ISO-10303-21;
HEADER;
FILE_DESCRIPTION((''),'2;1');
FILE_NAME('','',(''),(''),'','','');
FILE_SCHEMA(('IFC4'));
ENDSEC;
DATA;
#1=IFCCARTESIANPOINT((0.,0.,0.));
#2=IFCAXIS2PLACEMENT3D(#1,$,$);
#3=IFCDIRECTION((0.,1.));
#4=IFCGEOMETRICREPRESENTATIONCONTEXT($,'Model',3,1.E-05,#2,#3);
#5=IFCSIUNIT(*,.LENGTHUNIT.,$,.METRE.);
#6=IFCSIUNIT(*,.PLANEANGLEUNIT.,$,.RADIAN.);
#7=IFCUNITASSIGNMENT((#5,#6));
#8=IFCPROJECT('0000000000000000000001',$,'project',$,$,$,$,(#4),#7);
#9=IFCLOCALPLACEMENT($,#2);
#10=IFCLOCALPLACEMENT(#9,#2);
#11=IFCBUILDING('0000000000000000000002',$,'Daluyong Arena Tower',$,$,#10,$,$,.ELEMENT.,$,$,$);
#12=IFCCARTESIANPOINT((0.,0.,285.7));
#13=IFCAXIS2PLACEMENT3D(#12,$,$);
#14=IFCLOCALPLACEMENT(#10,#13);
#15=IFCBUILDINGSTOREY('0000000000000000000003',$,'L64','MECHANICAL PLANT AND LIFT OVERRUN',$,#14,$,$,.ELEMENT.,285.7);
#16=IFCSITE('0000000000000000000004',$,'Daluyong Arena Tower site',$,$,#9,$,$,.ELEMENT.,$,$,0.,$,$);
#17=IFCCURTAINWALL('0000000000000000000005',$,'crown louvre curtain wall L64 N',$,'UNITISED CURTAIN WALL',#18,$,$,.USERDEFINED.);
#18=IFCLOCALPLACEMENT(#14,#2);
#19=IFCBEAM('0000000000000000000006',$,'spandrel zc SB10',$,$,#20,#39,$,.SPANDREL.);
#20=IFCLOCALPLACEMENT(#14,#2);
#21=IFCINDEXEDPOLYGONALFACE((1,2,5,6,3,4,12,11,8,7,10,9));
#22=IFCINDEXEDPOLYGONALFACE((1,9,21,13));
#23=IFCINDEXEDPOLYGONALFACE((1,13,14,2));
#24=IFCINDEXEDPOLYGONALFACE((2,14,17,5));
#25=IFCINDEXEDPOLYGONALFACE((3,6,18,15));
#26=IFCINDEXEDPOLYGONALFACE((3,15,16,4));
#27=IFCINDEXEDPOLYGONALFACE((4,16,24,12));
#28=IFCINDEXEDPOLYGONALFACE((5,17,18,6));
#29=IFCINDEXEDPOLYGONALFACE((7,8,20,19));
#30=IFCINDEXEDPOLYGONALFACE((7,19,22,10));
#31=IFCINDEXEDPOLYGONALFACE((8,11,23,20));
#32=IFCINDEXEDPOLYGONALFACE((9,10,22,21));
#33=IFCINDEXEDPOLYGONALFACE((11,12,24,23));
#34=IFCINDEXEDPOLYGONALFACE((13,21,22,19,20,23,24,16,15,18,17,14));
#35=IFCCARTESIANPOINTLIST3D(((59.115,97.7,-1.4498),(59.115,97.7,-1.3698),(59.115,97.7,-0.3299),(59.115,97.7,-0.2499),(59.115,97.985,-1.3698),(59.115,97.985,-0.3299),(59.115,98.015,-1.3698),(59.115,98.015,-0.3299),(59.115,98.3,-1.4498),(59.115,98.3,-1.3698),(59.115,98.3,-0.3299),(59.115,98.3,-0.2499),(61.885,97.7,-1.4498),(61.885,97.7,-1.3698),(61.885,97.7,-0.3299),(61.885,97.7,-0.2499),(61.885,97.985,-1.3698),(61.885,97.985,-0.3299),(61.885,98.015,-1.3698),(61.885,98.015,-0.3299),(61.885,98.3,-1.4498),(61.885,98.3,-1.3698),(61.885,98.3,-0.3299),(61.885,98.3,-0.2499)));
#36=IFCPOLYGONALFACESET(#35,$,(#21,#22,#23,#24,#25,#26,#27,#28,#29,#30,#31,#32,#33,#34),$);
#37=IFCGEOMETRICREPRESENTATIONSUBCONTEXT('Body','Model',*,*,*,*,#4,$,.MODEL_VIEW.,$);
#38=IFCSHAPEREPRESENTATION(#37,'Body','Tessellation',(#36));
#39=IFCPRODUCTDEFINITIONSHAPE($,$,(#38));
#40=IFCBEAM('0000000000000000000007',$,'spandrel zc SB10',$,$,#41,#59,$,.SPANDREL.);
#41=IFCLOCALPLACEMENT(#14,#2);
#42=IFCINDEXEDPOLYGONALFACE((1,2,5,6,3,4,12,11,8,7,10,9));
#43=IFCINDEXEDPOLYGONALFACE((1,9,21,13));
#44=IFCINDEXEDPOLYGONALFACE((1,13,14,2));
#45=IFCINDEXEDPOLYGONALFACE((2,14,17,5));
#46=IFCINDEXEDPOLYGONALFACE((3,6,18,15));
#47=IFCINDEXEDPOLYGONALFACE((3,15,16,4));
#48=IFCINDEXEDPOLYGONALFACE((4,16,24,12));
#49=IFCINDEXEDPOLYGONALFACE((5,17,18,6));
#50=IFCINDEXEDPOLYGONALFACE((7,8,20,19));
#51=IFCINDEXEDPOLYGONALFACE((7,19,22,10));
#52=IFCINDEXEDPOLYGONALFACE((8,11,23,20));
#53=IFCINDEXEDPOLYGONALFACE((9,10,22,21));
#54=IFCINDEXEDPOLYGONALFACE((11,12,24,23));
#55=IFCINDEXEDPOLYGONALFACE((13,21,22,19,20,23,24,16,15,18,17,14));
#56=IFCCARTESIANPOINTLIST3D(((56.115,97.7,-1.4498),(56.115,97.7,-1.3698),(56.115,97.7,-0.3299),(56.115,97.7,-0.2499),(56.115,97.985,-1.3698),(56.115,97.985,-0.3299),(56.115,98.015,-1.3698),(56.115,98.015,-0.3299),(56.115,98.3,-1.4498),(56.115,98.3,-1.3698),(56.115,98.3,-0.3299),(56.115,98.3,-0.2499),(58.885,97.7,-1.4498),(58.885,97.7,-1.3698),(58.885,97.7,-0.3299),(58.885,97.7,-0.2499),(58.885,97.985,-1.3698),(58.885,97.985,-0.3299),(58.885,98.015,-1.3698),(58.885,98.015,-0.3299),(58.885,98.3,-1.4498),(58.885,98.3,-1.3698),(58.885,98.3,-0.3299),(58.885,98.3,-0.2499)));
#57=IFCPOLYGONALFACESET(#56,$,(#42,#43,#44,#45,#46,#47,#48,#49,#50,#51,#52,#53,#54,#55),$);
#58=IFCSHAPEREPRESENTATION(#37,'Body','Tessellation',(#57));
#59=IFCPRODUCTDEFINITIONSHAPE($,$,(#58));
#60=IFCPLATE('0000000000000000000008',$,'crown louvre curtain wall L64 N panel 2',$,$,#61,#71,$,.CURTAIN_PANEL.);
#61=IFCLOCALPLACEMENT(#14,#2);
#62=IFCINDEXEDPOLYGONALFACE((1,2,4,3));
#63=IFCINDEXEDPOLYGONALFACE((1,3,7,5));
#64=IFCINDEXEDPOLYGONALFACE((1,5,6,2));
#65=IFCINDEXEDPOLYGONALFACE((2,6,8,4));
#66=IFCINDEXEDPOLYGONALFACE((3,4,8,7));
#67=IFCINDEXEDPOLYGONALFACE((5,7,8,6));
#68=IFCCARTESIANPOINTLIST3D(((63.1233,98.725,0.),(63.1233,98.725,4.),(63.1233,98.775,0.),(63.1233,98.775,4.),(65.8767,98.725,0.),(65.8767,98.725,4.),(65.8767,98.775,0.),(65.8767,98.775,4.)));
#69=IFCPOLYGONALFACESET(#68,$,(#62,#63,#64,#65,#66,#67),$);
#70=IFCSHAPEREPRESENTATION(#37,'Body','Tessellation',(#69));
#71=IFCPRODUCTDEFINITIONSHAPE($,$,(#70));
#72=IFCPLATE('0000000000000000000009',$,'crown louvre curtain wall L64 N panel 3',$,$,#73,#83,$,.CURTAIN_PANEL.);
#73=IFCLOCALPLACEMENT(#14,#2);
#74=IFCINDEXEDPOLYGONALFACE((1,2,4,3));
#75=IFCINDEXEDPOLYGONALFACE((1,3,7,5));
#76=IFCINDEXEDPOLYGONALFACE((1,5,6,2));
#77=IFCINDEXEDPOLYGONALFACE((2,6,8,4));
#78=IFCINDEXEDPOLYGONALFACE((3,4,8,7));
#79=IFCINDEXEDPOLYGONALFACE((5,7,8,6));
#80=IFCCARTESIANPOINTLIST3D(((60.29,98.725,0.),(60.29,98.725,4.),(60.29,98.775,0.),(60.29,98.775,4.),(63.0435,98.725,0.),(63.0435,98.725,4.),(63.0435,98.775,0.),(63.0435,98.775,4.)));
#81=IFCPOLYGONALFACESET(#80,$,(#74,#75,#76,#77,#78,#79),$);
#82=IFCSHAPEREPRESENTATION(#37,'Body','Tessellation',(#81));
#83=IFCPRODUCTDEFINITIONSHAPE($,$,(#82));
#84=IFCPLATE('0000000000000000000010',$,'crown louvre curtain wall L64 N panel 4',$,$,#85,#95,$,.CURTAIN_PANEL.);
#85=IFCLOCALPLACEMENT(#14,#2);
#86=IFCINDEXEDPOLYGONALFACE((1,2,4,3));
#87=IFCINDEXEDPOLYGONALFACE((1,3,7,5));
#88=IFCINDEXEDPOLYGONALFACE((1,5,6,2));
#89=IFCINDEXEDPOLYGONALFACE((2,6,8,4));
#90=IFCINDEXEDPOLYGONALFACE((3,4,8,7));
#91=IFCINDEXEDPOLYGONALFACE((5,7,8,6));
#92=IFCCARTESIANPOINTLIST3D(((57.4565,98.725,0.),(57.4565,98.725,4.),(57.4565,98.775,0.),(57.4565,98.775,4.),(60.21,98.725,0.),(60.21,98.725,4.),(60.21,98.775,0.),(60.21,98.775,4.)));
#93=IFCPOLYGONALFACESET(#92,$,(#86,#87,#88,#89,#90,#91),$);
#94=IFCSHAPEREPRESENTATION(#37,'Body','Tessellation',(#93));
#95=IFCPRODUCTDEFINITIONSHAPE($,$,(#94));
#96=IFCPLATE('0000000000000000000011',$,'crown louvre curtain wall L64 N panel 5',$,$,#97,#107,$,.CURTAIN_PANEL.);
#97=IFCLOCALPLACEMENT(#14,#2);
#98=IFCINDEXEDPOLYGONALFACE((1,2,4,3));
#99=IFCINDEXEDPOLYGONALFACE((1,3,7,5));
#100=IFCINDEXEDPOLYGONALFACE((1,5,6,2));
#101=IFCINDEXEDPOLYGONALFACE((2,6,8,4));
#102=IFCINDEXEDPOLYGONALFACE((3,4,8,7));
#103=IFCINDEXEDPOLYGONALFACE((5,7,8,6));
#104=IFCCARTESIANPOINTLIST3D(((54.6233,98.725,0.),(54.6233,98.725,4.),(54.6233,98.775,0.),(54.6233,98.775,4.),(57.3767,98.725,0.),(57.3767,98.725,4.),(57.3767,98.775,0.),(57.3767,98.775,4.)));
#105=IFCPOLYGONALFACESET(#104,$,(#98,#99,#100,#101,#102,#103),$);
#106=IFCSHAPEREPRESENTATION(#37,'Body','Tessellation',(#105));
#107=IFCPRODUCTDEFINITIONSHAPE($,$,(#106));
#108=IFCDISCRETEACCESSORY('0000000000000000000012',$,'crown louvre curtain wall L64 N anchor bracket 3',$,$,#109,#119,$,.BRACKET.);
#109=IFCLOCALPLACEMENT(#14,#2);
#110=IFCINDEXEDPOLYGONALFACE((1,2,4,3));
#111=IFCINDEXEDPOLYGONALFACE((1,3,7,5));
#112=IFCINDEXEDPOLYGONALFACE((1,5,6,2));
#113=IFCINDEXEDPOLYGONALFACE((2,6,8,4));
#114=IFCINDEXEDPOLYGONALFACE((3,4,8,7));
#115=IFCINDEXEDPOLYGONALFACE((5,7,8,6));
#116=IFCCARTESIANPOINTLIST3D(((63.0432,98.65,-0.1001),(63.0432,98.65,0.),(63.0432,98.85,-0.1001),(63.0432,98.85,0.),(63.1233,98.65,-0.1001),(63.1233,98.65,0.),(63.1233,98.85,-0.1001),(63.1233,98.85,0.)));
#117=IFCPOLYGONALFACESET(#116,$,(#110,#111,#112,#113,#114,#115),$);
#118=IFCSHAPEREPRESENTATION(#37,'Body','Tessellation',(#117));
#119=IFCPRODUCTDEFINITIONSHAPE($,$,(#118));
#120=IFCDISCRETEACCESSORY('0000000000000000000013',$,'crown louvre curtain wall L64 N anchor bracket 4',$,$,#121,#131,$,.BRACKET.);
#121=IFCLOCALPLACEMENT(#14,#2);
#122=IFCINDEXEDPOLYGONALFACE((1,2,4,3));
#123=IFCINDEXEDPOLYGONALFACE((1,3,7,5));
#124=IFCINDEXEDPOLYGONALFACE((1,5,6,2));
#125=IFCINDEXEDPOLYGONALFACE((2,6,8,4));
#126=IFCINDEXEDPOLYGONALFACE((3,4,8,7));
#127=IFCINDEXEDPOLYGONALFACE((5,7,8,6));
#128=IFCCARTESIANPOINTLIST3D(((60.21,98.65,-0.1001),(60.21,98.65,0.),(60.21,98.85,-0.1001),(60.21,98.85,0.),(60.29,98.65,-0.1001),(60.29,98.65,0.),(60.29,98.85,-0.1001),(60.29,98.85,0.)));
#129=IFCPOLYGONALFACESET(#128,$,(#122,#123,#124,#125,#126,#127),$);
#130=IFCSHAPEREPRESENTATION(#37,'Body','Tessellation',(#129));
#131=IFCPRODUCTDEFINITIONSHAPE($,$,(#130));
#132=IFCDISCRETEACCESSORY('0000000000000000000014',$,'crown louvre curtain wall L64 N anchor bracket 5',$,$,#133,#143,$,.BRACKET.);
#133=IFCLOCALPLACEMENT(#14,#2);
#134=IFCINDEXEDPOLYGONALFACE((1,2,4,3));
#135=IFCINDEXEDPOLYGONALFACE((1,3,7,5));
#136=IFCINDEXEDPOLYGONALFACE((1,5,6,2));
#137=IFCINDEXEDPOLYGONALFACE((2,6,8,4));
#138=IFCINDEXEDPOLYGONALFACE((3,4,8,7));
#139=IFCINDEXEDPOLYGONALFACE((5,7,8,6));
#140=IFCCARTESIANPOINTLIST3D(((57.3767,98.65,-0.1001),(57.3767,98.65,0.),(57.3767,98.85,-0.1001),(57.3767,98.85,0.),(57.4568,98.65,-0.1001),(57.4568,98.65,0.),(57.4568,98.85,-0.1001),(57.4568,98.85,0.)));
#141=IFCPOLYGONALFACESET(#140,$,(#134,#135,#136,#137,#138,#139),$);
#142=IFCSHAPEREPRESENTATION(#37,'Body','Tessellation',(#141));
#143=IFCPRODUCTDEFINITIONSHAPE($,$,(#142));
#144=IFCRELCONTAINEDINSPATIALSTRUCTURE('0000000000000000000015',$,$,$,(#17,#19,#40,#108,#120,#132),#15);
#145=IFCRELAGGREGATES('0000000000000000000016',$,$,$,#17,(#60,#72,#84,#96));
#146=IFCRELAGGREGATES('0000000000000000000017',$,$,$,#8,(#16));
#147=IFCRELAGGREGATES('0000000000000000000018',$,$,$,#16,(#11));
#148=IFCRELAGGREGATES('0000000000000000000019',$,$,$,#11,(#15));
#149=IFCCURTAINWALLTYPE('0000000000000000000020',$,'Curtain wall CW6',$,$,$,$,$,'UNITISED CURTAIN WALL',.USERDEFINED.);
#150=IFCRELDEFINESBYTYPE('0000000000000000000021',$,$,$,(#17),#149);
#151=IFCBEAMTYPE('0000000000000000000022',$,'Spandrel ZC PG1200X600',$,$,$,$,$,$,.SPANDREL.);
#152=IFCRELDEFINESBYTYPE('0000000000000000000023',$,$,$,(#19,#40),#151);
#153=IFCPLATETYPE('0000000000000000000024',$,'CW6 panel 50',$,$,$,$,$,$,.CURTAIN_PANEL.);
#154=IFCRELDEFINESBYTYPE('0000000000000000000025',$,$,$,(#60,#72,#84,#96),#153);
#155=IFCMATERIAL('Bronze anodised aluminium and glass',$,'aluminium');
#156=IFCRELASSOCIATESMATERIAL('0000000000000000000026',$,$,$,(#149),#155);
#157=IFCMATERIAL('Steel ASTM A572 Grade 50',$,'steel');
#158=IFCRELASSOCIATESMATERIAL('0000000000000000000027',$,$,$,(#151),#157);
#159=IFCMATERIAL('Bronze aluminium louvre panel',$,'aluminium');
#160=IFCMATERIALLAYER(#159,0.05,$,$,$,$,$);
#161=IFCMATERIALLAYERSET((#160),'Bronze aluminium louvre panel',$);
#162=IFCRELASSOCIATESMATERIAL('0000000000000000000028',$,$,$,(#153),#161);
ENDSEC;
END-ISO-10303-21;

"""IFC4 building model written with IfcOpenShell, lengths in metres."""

from ifc_helpers import new_model, si_unit, direction, frame, origin, origin_2d, place, context, subcontext, project, spatial, rectangle, i_section, extrude, material, layer, layer_set, material_profile, profile_set, type_object, element, aggregate, save


model = new_model("IFC4")

# Units and contexts
model_context = context("Model", 3, precision=1e-05, world=origin(), true_north=direction((0.0, 1.0)))
body_context = subcontext(model_context, "Body", "Model", "MODEL_VIEW")
ifc_project = project(units=[si_unit("LENGTHUNIT", "METRE"), si_unit("PLANEANGLEUNIT", "RADIAN")], contexts=[model_context])

# Site, building, storey
site_placement = place(None, origin())
site = spatial("IfcSite", under=ifc_project, at=site_placement, Name="Daluyong Arena Tower site", CompositionType="ELEMENT", RefElevation=0.0)
building_placement = place(site_placement, origin())
building = spatial("IfcBuilding", under=site, at=building_placement, Name="Daluyong Arena Tower", CompositionType="ELEMENT")
storey_placement = place(building_placement, frame((0.0, 0.0, 285.7)))
storey = spatial("IfcBuildingStorey", under=building, at=storey_placement, Name="L64", Description="MECHANICAL PLANT AND LIFT OVERRUN", CompositionType="ELEMENT", Elevation=285.7)

# Curtain wall
ifc_material_1 = material(Name="Bronze anodised aluminium and glass", Category="aluminium")
curtain_wall_type = type_object("IfcCurtainWallType", Name="Curtain wall CW6", ElementType="UNITISED CURTAIN WALL", PredefinedType="USERDEFINED", material=ifc_material_1)
curtain_wall_placement = place(storey_placement, origin())
curtain_wall = element("IfcCurtainWall", 1, at=curtain_wall_placement, inside=storey, type_object=curtain_wall_type, Name="crown louvre curtain wall L64 N", ObjectType="UNITISED CURTAIN WALL", PredefinedType="USERDEFINED")

# Beams
ifc_material_2 = material(Name="Steel ASTM A572 Grade 50", Category="steel")
ifc_material_profile_1 = material_profile(ifc_material_2, i_section(OverallWidth=0.6001, OverallDepth=1.2, WebThickness=0.03, FlangeThickness=0.08, at=origin_2d()))
ifc_profile_set_1 = profile_set([ifc_material_profile_1], Name="Steel ASTM A572 Grade 50")
beam_type_1 = type_object("IfcBeamType", Name="Spandrel ZC PG1200X600", PredefinedType="SPANDREL", material=ifc_profile_set_1)
for number, where, z_axis, x_axis, name in (
    (2, (61.885, 98.0, -0.8499), (-1.0, 0.0, 0.0), (0.0, -1.0, 0.0), "spandrel zc SB10"),
    (3, (58.885, 98.0, -0.8499), (-1.0, 0.0, 0.0), (0.0, -1.0, 0.0), "spandrel zc SB10"),
):
    element("IfcBeam", number, at=place(storey_placement, frame(where, z_axis=z_axis, x_axis=x_axis)), inside=storey, type_object=beam_type_1, Name=name, PredefinedType="SPANDREL", context=body_context, shape_type="SweptSolid", body=[
        extrude(i_section(OverallWidth=0.6001, OverallDepth=1.2, WebThickness=0.03, FlangeThickness=0.08, at=origin_2d()), origin(), (0.0, 0.0, 1.0), 2.77),
    ])

# Plates
ifc_material_3 = material(Name="Bronze aluminium louvre panel", Category="aluminium")
ifc_layer = layer(ifc_material_3, 0.05)
ifc_layer_set = layer_set([ifc_layer], Name="Bronze aluminium louvre panel")
plate_type = type_object("IfcPlateType", Name="CW6 panel 50", PredefinedType="CURTAIN_PANEL", material=ifc_layer_set)
plate_1_placement = place(storey_placement, frame((64.5, 98.75, 0.0), z_axis=(0.0, 0.0, 1.0), x_axis=(-1.0, 0.0, 0.0)))
plate_1 = element("IfcPlate", 4, at=plate_1_placement, type_object=plate_type, Name="crown louvre curtain wall L64 N panel 2", PredefinedType="CURTAIN_PANEL", context=body_context, shape_type="SweptSolid", body=[
    extrude(rectangle(XDim=2.7534, YDim=0.05, at=origin_2d()), origin(), (0.0, 0.0, 1.0), 4.0),
])
plate_2_placement = place(storey_placement, frame((61.6667, 98.75, 0.0), z_axis=(0.0, 0.0, 1.0), x_axis=(-1.0, 0.0, 0.0)))
plate_2 = element("IfcPlate", 5, at=plate_2_placement, type_object=plate_type, Name="crown louvre curtain wall L64 N panel 3", PredefinedType="CURTAIN_PANEL", context=body_context, shape_type="SweptSolid", body=[
    extrude(rectangle(XDim=2.7534, YDim=0.05, at=origin_2d()), origin(), (0.0, 0.0, 1.0), 4.0),
])
plate_3_placement = place(storey_placement, frame((58.8333, 98.75, 0.0), z_axis=(0.0, 0.0, 1.0), x_axis=(-1.0, 0.0, 0.0)))
plate_3 = element("IfcPlate", 6, at=plate_3_placement, type_object=plate_type, Name="crown louvre curtain wall L64 N panel 4", PredefinedType="CURTAIN_PANEL", context=body_context, shape_type="SweptSolid", body=[
    extrude(rectangle(XDim=2.7534, YDim=0.05, at=origin_2d()), origin(), (0.0, 0.0, 1.0), 4.0),
])
plate_4_placement = place(storey_placement, frame((56.0, 98.75, 0.0), z_axis=(0.0, 0.0, 1.0), x_axis=(-1.0, 0.0, 0.0)))
plate_4 = element("IfcPlate", 7, at=plate_4_placement, type_object=plate_type, Name="crown louvre curtain wall L64 N panel 5", PredefinedType="CURTAIN_PANEL", context=body_context, shape_type="SweptSolid", body=[
    extrude(rectangle(XDim=2.7534, YDim=0.05, at=origin_2d()), origin(), (0.0, 0.0, 1.0), 4.0),
])
aggregate(curtain_wall, [plate_1, plate_2, plate_3, plate_4])

# Discrete accessories
for number, where, z_axis, x_axis, name in (
    (8, (63.0833, 98.75, -0.1001), (0.0, 0.0, 1.0), (-1.0, 0.0, 0.0), "crown louvre curtain wall L64 N anchor bracket 3"),
    (9, (60.25, 98.75, -0.1001), (0.0, 0.0, 1.0), (-1.0, 0.0, 0.0), "crown louvre curtain wall L64 N anchor bracket 4"),
    (10, (57.4167, 98.75, -0.1001), (0.0, 0.0, 1.0), (-1.0, 0.0, 0.0), "crown louvre curtain wall L64 N anchor bracket 5"),
):
    element("IfcDiscreteAccessory", number, at=place(storey_placement, frame(where, z_axis=z_axis, x_axis=x_axis)), inside=storey, Name=name, PredefinedType="BRACKET", context=body_context, shape_type="SweptSolid", body=[
        extrude(rectangle(XDim=0.0801, YDim=0.2, at=origin_2d()), origin(), (0.0, 0.0, 1.0), 0.1001),
    ])

save(model, "model.ifc")
